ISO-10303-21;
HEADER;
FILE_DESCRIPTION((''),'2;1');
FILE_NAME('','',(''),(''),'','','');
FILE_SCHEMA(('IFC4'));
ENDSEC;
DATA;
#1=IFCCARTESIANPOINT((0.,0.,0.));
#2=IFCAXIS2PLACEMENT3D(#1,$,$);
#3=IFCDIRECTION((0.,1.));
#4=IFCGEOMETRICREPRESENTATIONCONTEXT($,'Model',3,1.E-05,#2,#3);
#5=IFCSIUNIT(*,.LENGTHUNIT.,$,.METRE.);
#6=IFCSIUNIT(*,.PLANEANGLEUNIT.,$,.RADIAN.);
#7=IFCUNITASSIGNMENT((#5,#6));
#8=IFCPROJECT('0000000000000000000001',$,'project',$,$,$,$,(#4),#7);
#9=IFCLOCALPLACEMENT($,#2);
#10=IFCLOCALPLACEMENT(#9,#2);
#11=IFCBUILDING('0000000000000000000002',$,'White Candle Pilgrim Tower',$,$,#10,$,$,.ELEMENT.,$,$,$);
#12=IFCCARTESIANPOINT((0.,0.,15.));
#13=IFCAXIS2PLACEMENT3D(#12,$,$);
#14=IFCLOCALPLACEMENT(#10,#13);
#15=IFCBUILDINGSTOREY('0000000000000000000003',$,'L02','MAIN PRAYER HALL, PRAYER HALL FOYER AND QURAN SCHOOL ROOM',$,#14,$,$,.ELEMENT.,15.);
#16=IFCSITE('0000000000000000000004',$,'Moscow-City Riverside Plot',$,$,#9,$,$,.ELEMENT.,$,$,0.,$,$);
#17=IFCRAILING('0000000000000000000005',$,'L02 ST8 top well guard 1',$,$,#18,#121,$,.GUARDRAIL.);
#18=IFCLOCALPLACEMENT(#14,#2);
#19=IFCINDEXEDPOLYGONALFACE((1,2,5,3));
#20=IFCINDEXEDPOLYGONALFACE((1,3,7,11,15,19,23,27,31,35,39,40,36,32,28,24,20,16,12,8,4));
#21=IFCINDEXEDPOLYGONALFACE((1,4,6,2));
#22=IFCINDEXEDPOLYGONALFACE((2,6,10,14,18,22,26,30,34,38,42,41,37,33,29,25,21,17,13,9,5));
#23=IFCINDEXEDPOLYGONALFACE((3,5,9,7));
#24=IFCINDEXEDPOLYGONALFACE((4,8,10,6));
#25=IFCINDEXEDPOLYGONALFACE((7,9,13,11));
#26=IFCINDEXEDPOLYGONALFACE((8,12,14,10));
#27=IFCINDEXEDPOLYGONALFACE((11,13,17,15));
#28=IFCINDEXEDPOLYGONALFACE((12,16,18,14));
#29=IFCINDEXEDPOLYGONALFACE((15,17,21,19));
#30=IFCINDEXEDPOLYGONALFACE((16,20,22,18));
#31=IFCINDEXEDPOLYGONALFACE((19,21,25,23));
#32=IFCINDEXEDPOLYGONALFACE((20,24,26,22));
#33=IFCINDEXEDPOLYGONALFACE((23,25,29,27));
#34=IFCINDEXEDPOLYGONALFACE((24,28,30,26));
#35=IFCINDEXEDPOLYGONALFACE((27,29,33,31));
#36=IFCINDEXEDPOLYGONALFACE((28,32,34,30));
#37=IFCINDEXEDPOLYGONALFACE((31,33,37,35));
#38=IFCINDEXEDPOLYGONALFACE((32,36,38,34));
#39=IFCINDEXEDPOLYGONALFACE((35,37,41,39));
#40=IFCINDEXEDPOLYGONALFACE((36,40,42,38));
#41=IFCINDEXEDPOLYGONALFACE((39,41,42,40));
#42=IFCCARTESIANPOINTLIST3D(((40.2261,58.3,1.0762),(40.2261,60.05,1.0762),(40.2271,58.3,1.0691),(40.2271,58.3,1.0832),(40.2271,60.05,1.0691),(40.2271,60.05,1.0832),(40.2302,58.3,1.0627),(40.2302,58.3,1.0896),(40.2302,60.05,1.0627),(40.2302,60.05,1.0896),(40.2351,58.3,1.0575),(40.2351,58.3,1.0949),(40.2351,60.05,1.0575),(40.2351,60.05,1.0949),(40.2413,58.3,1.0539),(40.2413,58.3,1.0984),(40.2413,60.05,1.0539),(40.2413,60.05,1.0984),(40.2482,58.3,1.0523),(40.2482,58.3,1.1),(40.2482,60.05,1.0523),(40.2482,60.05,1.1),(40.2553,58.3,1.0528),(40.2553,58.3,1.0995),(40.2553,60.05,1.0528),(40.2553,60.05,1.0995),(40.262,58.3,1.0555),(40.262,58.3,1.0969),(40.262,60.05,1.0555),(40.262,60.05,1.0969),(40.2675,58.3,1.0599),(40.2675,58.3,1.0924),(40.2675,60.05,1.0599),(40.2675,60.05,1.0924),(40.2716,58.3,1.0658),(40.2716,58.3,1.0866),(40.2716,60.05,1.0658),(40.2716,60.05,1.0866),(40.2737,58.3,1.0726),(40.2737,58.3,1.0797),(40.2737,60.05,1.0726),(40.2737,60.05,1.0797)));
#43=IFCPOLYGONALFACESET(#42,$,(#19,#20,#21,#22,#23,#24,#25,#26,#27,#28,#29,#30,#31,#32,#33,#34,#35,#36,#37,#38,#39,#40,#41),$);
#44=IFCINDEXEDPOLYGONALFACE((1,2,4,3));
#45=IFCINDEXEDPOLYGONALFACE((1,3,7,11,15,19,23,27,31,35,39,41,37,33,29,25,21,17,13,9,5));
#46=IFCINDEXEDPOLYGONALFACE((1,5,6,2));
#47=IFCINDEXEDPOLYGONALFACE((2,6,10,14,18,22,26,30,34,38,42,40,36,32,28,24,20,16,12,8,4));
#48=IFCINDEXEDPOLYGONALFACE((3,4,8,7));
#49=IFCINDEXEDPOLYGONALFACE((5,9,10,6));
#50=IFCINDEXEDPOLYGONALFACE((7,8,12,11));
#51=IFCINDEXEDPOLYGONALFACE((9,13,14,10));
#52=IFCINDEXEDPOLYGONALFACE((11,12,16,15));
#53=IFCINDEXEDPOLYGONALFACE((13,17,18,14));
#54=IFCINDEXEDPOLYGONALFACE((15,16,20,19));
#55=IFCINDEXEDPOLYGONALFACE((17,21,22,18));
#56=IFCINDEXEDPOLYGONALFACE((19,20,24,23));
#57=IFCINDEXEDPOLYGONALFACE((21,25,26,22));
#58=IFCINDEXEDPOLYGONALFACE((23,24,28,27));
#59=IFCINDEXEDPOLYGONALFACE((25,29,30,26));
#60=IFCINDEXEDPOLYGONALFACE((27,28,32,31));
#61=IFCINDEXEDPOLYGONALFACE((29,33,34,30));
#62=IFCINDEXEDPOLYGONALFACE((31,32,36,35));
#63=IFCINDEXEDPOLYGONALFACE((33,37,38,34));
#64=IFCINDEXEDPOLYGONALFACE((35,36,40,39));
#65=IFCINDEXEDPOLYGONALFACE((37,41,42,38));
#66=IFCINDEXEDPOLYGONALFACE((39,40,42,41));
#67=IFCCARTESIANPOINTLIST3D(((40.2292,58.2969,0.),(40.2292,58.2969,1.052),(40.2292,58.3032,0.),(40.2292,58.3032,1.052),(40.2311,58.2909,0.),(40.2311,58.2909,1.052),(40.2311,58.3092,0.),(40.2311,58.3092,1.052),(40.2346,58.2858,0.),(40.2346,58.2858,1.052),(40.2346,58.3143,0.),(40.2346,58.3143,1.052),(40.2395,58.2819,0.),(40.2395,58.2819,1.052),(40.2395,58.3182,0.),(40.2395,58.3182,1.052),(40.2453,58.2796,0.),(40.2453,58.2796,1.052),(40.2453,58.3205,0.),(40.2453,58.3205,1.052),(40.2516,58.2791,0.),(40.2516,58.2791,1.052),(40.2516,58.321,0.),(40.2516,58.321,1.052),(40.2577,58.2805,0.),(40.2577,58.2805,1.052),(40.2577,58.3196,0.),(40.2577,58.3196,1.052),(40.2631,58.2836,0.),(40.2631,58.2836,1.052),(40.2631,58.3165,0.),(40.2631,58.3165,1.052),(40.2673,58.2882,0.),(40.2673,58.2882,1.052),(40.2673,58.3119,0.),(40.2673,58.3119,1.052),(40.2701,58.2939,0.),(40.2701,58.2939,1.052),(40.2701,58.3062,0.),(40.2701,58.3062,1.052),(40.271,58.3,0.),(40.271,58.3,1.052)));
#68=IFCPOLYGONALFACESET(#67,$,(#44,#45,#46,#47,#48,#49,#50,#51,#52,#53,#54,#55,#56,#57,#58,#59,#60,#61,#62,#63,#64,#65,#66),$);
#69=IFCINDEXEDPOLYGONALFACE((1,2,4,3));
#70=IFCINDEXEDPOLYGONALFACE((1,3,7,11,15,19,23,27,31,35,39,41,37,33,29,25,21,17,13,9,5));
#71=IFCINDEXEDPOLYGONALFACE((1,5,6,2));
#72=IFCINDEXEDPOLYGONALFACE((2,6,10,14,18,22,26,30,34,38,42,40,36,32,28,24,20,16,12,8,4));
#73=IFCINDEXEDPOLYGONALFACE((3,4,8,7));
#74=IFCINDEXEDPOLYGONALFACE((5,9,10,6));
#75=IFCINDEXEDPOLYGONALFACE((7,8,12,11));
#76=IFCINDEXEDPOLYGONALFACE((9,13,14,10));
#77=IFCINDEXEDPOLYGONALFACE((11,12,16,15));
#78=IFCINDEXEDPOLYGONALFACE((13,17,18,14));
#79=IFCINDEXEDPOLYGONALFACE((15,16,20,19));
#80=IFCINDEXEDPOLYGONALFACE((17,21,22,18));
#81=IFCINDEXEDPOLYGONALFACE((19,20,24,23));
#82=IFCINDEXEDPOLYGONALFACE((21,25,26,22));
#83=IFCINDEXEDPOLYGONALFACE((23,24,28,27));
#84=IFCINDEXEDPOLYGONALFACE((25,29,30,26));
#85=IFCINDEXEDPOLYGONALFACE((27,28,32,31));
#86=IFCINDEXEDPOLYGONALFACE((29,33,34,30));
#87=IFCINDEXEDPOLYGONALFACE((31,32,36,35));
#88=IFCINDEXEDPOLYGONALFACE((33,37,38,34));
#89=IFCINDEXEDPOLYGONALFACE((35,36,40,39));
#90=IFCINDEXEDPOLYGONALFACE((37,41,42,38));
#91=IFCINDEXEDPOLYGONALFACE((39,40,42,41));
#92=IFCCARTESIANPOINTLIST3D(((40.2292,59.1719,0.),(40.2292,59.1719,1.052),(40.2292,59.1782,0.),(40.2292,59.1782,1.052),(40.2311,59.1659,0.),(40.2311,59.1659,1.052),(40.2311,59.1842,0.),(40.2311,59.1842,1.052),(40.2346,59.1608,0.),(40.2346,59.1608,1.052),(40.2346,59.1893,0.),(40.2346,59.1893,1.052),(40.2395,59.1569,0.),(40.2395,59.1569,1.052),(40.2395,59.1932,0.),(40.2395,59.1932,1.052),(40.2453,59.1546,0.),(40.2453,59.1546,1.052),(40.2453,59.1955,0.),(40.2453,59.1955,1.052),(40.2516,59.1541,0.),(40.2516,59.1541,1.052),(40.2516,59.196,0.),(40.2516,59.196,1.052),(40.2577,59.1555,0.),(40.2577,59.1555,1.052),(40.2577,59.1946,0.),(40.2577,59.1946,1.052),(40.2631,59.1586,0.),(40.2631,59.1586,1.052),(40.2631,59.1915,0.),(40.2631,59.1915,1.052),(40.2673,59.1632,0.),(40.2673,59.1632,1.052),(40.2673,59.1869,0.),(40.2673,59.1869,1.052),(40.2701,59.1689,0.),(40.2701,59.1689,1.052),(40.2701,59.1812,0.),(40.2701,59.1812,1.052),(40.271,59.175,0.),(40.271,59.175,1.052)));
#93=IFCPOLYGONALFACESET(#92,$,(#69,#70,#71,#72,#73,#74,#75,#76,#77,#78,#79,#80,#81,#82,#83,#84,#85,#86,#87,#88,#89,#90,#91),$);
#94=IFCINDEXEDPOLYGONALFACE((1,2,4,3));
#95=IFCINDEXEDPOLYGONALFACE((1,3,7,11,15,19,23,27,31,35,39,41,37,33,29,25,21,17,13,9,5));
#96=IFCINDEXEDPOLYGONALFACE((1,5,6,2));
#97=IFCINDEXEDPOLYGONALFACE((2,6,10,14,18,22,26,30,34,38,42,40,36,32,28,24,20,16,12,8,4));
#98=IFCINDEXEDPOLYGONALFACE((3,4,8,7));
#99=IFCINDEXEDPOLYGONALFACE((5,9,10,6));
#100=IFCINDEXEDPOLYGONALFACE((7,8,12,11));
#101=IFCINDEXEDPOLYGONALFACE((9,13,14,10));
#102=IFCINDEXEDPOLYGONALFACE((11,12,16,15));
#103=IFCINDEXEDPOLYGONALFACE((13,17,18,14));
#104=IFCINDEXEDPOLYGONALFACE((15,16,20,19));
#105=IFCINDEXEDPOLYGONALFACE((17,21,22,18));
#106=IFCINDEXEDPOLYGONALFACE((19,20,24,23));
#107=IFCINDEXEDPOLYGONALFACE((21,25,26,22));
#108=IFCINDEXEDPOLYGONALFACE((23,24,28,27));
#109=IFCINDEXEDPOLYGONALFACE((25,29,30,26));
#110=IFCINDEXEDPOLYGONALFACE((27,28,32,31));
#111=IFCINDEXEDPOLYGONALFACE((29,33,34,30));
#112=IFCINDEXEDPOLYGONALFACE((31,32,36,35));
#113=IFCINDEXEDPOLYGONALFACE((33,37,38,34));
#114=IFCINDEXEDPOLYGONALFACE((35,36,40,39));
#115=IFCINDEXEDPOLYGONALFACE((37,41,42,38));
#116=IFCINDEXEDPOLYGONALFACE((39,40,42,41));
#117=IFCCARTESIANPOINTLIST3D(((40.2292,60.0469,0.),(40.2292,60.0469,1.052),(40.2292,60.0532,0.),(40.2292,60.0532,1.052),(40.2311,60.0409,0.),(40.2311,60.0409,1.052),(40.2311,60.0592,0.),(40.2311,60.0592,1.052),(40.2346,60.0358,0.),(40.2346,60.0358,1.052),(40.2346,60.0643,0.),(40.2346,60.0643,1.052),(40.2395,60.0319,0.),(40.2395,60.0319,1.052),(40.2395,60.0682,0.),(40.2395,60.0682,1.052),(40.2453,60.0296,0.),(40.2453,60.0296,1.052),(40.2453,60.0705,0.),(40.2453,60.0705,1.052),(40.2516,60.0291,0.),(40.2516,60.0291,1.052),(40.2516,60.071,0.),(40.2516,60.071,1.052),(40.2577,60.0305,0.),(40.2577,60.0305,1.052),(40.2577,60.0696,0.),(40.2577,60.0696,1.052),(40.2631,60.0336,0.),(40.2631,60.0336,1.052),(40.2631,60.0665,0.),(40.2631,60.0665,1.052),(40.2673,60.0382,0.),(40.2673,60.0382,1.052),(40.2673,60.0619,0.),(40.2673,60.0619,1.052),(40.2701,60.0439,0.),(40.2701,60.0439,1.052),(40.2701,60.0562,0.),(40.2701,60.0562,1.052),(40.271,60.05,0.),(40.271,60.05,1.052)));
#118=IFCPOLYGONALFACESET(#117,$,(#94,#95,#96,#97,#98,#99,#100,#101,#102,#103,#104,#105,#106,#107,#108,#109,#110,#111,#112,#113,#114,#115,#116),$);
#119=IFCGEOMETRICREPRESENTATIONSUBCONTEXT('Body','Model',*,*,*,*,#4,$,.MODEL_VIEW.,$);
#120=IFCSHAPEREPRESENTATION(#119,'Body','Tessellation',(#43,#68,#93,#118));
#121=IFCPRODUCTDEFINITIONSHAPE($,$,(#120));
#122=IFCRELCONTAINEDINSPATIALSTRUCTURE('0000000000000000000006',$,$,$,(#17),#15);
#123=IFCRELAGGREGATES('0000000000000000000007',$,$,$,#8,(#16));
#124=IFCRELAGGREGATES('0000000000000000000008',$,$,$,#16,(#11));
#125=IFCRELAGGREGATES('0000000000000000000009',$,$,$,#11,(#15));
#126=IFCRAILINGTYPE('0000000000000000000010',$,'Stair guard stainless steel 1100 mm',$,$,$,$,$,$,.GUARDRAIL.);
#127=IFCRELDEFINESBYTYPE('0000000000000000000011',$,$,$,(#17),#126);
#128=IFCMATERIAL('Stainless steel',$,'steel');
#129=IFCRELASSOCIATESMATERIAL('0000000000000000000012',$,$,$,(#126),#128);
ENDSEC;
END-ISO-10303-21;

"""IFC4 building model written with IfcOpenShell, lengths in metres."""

from ifc_helpers import new_model, si_unit, direction, frame, origin, origin_2d, place, context, subcontext, project, spatial, circle, extrude, material, type_object, element, save


model = new_model("IFC4")

# Units and contexts
model_context = context("Model", 3, precision=1e-05, world=origin(), true_north=direction((0.0, 1.0)))
body_context = subcontext(model_context, "Body", "Model", "MODEL_VIEW")
ifc_project = project(units=[si_unit("LENGTHUNIT", "METRE"), si_unit("PLANEANGLEUNIT", "RADIAN")], contexts=[model_context])

# Site, building, storey
site_placement = place(None, origin())
site = spatial("IfcSite", under=ifc_project, at=site_placement, Name="Moscow-City Riverside Plot", CompositionType="ELEMENT", RefElevation=0.0)
building_placement = place(site_placement, origin())
building = spatial("IfcBuilding", under=site, at=building_placement, Name="White Candle Pilgrim Tower", CompositionType="ELEMENT")
storey_placement = place(building_placement, frame((0.0, 0.0, 15.0)))
storey = spatial("IfcBuildingStorey", under=building, at=storey_placement, Name="L02", Description="MAIN PRAYER HALL, PRAYER HALL FOYER AND QURAN SCHOOL ROOM", CompositionType="ELEMENT", Elevation=15.0)

# Railing
ifc_material_1 = material(Name="Stainless steel", Category="steel")
railing_type = type_object("IfcRailingType", Name="Stair guard stainless steel 1100 mm", PredefinedType="GUARDRAIL", material=ifc_material_1)
railing_placement = place(storey_placement, frame((40.25, 58.3, 0.0)))
element("IfcRailing", 1, at=railing_placement, inside=storey, type_object=railing_type, Name="L02 ST8 top well guard 1", PredefinedType="GUARDRAIL", context=body_context, shape_type="SweptSolid", body=[
    extrude(circle(Radius=0.0239, at=origin_2d()), frame((0.0, 0.0, 1.0762), z_axis=(0.0, 1.0, 0.0), x_axis=(-1.0, 0.0, 0.0)), (0.0, 0.0, 1.0), 1.75),
    extrude(circle(Radius=0.021, at=origin_2d()), origin(), (0.0, 0.0, 1.0), 1.052),
    extrude(circle(Radius=0.021, at=origin_2d()), frame((0.0, 0.875, 0.0)), (0.0, 0.0, 1.0), 1.052),
    extrude(circle(Radius=0.021, at=origin_2d()), frame((0.0, 1.75, 0.0)), (0.0, 0.0, 1.0), 1.052),
])

save(model, "model.ifc")
